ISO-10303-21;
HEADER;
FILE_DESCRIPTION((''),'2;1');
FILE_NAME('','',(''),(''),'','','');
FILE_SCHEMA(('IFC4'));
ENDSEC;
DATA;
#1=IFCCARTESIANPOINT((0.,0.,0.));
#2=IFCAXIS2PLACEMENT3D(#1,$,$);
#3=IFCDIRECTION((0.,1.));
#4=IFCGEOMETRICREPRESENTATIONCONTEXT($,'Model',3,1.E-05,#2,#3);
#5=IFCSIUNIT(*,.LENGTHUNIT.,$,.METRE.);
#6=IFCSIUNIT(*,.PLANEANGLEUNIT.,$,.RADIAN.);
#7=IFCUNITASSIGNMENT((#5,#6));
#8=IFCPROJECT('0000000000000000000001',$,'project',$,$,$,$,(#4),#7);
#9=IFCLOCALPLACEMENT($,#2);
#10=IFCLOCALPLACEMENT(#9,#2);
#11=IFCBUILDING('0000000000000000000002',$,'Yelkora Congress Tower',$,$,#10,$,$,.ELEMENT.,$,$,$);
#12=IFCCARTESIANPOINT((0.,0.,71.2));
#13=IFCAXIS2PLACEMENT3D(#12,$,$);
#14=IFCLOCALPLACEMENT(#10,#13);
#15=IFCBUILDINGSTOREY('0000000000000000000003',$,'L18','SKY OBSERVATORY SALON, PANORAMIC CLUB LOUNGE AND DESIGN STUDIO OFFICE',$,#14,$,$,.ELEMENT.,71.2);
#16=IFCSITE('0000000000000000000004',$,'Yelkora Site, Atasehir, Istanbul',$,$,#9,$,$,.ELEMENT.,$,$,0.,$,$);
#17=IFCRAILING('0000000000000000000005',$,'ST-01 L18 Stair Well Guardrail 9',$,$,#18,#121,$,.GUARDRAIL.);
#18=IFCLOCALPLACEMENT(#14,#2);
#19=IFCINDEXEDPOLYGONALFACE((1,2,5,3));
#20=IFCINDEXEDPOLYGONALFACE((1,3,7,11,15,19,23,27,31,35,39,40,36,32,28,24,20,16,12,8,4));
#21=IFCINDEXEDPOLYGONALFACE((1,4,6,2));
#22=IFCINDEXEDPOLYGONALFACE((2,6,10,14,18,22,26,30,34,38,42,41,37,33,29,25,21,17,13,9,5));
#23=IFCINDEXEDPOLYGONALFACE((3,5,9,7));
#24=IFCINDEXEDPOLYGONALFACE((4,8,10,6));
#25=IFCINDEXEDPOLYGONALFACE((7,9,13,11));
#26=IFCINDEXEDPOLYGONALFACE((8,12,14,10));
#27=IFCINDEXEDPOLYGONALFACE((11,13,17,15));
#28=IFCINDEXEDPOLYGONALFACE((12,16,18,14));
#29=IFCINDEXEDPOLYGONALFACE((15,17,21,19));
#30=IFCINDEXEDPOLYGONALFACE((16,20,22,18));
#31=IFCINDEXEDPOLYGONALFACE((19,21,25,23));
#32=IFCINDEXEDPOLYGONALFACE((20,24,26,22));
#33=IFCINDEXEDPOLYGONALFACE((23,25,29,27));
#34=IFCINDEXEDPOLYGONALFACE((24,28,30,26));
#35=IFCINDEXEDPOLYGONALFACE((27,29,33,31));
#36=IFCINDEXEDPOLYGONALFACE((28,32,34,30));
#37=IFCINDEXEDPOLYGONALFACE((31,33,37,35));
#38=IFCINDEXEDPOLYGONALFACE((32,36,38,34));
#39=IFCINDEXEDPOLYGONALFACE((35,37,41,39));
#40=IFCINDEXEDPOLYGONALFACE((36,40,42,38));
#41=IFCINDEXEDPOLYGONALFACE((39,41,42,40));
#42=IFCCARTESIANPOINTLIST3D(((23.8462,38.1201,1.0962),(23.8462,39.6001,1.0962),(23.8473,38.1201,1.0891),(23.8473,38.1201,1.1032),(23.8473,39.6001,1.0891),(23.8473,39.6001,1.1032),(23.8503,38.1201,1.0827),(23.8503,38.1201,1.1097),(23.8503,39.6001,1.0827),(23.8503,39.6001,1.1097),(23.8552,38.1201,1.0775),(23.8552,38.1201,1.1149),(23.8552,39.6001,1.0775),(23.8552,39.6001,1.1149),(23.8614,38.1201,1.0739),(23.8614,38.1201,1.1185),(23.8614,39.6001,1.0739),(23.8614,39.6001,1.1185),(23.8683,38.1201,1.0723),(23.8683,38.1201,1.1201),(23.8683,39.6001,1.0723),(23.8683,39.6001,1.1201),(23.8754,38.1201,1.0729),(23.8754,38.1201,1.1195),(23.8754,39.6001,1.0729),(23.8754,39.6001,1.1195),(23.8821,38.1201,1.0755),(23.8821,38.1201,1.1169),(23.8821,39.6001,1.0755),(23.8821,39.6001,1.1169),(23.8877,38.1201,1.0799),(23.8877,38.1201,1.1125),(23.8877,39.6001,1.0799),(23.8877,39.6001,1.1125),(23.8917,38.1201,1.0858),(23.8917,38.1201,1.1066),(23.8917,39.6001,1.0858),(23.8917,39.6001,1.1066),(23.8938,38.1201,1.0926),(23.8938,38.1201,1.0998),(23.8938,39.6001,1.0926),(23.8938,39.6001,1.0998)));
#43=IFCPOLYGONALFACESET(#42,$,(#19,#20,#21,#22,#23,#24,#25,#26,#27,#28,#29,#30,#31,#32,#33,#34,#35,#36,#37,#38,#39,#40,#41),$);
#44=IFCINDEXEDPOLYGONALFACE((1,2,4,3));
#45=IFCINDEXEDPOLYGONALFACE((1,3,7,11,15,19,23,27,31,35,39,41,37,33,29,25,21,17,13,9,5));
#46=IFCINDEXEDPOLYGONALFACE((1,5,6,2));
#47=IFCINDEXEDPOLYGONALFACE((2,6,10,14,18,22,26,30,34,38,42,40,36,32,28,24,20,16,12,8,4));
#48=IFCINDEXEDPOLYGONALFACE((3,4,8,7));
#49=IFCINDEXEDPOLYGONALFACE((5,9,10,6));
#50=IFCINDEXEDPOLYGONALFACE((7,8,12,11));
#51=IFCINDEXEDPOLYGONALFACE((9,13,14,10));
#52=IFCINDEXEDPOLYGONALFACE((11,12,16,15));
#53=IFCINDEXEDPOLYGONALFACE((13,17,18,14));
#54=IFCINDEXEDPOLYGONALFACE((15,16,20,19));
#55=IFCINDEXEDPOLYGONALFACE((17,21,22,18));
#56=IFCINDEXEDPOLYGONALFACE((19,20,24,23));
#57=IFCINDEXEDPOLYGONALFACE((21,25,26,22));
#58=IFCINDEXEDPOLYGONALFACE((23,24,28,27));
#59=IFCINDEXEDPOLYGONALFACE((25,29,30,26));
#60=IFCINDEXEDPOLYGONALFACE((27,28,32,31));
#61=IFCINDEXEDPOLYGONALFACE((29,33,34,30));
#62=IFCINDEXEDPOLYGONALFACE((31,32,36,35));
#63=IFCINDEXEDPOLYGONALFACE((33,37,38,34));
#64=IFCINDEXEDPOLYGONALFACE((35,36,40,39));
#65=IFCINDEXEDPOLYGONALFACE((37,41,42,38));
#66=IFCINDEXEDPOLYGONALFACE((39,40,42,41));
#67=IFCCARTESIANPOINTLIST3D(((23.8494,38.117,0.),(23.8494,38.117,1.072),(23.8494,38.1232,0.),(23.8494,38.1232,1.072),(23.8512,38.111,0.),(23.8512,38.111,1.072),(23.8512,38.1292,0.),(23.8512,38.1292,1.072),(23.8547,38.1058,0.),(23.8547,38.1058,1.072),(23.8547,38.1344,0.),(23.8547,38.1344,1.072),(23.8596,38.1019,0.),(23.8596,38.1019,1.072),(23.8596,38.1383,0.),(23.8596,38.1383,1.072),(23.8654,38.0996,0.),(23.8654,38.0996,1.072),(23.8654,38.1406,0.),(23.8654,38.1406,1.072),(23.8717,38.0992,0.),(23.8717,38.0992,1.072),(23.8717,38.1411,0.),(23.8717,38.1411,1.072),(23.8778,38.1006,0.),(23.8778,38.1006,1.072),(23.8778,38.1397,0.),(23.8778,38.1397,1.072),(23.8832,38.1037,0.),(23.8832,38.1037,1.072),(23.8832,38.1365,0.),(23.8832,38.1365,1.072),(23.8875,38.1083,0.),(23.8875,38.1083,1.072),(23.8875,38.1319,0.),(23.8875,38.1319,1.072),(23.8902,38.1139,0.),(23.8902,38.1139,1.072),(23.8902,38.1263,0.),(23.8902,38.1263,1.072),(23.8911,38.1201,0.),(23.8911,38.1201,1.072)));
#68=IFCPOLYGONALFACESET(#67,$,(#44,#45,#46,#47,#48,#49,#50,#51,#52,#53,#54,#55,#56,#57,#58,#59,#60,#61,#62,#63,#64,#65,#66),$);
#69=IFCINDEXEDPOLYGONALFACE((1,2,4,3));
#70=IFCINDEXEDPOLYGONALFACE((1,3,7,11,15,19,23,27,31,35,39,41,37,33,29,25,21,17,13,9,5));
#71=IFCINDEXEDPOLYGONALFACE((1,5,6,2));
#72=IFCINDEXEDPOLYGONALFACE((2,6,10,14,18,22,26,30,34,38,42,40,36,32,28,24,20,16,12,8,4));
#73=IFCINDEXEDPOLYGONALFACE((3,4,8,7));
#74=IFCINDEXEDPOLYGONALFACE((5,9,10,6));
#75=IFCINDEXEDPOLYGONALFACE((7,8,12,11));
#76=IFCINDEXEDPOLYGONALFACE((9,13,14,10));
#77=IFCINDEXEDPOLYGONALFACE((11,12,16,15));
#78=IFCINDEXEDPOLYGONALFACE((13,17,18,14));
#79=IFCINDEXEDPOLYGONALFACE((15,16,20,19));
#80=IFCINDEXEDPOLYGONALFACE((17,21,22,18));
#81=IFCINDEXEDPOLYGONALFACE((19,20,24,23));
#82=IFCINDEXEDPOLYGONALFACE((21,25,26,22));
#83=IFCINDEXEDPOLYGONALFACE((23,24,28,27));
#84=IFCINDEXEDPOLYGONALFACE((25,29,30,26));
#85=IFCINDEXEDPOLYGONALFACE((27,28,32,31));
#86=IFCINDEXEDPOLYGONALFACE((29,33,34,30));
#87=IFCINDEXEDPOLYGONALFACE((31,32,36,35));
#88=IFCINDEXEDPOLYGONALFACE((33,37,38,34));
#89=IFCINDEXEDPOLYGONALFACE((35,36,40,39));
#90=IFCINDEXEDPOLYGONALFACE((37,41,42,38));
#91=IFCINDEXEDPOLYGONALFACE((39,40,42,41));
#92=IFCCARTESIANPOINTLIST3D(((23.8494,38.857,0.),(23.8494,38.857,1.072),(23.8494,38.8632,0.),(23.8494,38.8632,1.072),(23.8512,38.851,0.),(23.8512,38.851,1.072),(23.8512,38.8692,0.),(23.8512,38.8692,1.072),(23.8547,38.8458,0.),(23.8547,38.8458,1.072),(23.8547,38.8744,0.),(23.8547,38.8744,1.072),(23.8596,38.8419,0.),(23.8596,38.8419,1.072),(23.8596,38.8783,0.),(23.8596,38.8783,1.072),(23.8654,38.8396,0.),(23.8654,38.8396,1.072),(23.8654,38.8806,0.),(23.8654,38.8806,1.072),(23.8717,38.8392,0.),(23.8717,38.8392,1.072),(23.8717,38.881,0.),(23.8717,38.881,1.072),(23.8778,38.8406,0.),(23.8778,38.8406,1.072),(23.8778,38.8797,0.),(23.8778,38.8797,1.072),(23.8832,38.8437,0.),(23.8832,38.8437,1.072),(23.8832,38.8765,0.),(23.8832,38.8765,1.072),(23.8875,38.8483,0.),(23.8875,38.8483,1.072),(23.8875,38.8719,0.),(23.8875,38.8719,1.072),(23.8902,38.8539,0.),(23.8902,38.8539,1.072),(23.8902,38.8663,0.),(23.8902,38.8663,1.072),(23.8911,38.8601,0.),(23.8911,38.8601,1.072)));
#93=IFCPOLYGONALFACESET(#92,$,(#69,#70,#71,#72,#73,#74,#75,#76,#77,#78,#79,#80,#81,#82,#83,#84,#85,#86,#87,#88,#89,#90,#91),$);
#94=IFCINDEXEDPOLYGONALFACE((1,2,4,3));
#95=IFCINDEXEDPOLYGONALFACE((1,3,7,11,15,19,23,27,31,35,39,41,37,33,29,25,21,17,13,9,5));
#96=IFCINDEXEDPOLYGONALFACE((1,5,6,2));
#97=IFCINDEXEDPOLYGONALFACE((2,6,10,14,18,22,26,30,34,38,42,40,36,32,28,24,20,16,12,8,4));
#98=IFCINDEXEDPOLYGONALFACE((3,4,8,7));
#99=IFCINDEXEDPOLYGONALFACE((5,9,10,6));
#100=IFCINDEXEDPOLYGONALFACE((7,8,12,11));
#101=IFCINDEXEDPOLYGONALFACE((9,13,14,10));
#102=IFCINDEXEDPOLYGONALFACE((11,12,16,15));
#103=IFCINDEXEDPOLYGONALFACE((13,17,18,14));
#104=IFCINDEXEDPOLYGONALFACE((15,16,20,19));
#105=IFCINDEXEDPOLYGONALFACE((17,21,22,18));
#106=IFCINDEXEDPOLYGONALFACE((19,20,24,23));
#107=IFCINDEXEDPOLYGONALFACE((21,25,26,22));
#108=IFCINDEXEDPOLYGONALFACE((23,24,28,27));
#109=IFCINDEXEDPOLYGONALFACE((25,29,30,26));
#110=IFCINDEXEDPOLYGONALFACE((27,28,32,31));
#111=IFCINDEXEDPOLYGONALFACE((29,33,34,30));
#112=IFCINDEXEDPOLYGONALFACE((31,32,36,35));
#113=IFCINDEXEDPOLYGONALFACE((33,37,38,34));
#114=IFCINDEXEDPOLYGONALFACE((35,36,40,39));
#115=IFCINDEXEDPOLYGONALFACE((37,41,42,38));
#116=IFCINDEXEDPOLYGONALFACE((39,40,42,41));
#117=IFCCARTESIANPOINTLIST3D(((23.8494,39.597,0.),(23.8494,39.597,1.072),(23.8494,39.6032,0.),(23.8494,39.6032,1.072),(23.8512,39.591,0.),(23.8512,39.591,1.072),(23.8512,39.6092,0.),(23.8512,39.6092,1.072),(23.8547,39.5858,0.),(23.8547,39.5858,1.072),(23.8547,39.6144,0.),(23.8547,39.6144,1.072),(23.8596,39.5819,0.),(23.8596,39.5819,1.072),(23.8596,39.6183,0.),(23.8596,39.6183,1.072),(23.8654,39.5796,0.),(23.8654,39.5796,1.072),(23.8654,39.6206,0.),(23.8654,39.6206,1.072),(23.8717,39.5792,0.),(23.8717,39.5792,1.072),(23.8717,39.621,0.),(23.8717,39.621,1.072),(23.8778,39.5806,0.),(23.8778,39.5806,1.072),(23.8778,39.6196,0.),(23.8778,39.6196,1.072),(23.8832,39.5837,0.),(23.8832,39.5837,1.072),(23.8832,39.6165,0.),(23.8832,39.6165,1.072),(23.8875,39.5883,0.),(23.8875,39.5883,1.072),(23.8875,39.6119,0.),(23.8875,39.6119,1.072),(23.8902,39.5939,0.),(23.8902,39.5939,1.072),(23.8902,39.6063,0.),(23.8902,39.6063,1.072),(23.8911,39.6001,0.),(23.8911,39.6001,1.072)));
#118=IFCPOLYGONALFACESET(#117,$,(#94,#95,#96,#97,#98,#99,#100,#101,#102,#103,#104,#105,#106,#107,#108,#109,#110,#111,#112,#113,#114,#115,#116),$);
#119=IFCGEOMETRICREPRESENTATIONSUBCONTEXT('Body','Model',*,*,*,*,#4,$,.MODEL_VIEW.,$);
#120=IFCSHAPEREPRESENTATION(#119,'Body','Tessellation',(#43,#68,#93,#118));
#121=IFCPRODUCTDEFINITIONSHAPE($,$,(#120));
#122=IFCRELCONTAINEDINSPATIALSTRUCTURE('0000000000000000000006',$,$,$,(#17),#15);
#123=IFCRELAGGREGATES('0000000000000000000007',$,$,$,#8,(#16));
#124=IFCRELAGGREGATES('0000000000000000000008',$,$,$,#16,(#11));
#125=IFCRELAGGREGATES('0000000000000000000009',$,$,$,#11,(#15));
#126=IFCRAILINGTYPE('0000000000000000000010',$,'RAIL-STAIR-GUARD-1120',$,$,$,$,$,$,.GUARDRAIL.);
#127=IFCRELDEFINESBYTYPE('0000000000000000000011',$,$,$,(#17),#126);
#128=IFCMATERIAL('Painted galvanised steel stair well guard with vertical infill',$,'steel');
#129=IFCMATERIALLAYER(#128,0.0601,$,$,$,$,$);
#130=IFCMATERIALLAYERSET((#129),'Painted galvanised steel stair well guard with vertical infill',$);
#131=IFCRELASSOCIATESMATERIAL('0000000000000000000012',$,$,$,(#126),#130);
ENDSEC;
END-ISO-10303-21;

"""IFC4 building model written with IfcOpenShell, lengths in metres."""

from ifc_helpers import new_model, si_unit, direction, frame, origin, origin_2d, place, context, subcontext, project, spatial, circle, extrude, material, layer, layer_set, type_object, element, save


model = new_model("IFC4")

# Units and contexts
model_context = context("Model", 3, precision=1e-05, world=origin(), true_north=direction((0.0, 1.0)))
body_context = subcontext(model_context, "Body", "Model", "MODEL_VIEW")
ifc_project = project(units=[si_unit("LENGTHUNIT", "METRE"), si_unit("PLANEANGLEUNIT", "RADIAN")], contexts=[model_context])

# Site, building, storey
site_placement = place(None, origin())
site = spatial("IfcSite", under=ifc_project, at=site_placement, Name="Yelkora Site, Atasehir, Istanbul", CompositionType="ELEMENT", RefElevation=0.0)
building_placement = place(site_placement, origin())
building = spatial("IfcBuilding", under=site, at=building_placement, Name="Yelkora Congress Tower", CompositionType="ELEMENT")
storey_placement = place(building_placement, frame((0.0, 0.0, 71.2)))
storey = spatial("IfcBuildingStorey", under=building, at=storey_placement, Name="L18", Description="SKY OBSERVATORY SALON, PANORAMIC CLUB LOUNGE AND DESIGN STUDIO OFFICE", CompositionType="ELEMENT", Elevation=71.2)

# Railing
ifc_material_1 = material(Name="Painted galvanised steel stair well guard with vertical infill", Category="steel")
ifc_layer_1 = layer(ifc_material_1, 0.0601)
ifc_layer_set_1 = layer_set([ifc_layer_1], Name="Painted galvanised steel stair well guard with vertical infill")
railing_type_1 = type_object("IfcRailingType", Name="RAIL-STAIR-GUARD-1120", PredefinedType="GUARDRAIL", material=ifc_layer_set_1)
for number, where, name in (
    (1, (23.8701, 38.1201, 0.0), "ST-01 L18 Stair Well Guardrail 9"),
):
    element("IfcRailing", number, at=place(storey_placement, frame(where)), inside=storey, type_object=railing_type_1, Name=name, PredefinedType="GUARDRAIL", context=body_context, shape_type="SweptSolid", body=[
        extrude(circle(Radius=0.0239, at=origin_2d()), frame((0.0, 0.0, 1.0962), z_axis=(0.0, 1.0, 0.0), x_axis=(-1.0, 0.0, 0.0)), (0.0, 0.0, 1.0), 1.48),
        extrude(circle(Radius=0.021, at=origin_2d()), origin(), (0.0, 0.0, 1.0), 1.072),
        extrude(circle(Radius=0.021, at=origin_2d()), frame((0.0, 0.74, 0.0)), (0.0, 0.0, 1.0), 1.072),
        extrude(circle(Radius=0.021, at=origin_2d()), frame((0.0, 1.48, 0.0)), (0.0, 0.0, 1.0), 1.072),
    ])

save(model, "model.ifc")
